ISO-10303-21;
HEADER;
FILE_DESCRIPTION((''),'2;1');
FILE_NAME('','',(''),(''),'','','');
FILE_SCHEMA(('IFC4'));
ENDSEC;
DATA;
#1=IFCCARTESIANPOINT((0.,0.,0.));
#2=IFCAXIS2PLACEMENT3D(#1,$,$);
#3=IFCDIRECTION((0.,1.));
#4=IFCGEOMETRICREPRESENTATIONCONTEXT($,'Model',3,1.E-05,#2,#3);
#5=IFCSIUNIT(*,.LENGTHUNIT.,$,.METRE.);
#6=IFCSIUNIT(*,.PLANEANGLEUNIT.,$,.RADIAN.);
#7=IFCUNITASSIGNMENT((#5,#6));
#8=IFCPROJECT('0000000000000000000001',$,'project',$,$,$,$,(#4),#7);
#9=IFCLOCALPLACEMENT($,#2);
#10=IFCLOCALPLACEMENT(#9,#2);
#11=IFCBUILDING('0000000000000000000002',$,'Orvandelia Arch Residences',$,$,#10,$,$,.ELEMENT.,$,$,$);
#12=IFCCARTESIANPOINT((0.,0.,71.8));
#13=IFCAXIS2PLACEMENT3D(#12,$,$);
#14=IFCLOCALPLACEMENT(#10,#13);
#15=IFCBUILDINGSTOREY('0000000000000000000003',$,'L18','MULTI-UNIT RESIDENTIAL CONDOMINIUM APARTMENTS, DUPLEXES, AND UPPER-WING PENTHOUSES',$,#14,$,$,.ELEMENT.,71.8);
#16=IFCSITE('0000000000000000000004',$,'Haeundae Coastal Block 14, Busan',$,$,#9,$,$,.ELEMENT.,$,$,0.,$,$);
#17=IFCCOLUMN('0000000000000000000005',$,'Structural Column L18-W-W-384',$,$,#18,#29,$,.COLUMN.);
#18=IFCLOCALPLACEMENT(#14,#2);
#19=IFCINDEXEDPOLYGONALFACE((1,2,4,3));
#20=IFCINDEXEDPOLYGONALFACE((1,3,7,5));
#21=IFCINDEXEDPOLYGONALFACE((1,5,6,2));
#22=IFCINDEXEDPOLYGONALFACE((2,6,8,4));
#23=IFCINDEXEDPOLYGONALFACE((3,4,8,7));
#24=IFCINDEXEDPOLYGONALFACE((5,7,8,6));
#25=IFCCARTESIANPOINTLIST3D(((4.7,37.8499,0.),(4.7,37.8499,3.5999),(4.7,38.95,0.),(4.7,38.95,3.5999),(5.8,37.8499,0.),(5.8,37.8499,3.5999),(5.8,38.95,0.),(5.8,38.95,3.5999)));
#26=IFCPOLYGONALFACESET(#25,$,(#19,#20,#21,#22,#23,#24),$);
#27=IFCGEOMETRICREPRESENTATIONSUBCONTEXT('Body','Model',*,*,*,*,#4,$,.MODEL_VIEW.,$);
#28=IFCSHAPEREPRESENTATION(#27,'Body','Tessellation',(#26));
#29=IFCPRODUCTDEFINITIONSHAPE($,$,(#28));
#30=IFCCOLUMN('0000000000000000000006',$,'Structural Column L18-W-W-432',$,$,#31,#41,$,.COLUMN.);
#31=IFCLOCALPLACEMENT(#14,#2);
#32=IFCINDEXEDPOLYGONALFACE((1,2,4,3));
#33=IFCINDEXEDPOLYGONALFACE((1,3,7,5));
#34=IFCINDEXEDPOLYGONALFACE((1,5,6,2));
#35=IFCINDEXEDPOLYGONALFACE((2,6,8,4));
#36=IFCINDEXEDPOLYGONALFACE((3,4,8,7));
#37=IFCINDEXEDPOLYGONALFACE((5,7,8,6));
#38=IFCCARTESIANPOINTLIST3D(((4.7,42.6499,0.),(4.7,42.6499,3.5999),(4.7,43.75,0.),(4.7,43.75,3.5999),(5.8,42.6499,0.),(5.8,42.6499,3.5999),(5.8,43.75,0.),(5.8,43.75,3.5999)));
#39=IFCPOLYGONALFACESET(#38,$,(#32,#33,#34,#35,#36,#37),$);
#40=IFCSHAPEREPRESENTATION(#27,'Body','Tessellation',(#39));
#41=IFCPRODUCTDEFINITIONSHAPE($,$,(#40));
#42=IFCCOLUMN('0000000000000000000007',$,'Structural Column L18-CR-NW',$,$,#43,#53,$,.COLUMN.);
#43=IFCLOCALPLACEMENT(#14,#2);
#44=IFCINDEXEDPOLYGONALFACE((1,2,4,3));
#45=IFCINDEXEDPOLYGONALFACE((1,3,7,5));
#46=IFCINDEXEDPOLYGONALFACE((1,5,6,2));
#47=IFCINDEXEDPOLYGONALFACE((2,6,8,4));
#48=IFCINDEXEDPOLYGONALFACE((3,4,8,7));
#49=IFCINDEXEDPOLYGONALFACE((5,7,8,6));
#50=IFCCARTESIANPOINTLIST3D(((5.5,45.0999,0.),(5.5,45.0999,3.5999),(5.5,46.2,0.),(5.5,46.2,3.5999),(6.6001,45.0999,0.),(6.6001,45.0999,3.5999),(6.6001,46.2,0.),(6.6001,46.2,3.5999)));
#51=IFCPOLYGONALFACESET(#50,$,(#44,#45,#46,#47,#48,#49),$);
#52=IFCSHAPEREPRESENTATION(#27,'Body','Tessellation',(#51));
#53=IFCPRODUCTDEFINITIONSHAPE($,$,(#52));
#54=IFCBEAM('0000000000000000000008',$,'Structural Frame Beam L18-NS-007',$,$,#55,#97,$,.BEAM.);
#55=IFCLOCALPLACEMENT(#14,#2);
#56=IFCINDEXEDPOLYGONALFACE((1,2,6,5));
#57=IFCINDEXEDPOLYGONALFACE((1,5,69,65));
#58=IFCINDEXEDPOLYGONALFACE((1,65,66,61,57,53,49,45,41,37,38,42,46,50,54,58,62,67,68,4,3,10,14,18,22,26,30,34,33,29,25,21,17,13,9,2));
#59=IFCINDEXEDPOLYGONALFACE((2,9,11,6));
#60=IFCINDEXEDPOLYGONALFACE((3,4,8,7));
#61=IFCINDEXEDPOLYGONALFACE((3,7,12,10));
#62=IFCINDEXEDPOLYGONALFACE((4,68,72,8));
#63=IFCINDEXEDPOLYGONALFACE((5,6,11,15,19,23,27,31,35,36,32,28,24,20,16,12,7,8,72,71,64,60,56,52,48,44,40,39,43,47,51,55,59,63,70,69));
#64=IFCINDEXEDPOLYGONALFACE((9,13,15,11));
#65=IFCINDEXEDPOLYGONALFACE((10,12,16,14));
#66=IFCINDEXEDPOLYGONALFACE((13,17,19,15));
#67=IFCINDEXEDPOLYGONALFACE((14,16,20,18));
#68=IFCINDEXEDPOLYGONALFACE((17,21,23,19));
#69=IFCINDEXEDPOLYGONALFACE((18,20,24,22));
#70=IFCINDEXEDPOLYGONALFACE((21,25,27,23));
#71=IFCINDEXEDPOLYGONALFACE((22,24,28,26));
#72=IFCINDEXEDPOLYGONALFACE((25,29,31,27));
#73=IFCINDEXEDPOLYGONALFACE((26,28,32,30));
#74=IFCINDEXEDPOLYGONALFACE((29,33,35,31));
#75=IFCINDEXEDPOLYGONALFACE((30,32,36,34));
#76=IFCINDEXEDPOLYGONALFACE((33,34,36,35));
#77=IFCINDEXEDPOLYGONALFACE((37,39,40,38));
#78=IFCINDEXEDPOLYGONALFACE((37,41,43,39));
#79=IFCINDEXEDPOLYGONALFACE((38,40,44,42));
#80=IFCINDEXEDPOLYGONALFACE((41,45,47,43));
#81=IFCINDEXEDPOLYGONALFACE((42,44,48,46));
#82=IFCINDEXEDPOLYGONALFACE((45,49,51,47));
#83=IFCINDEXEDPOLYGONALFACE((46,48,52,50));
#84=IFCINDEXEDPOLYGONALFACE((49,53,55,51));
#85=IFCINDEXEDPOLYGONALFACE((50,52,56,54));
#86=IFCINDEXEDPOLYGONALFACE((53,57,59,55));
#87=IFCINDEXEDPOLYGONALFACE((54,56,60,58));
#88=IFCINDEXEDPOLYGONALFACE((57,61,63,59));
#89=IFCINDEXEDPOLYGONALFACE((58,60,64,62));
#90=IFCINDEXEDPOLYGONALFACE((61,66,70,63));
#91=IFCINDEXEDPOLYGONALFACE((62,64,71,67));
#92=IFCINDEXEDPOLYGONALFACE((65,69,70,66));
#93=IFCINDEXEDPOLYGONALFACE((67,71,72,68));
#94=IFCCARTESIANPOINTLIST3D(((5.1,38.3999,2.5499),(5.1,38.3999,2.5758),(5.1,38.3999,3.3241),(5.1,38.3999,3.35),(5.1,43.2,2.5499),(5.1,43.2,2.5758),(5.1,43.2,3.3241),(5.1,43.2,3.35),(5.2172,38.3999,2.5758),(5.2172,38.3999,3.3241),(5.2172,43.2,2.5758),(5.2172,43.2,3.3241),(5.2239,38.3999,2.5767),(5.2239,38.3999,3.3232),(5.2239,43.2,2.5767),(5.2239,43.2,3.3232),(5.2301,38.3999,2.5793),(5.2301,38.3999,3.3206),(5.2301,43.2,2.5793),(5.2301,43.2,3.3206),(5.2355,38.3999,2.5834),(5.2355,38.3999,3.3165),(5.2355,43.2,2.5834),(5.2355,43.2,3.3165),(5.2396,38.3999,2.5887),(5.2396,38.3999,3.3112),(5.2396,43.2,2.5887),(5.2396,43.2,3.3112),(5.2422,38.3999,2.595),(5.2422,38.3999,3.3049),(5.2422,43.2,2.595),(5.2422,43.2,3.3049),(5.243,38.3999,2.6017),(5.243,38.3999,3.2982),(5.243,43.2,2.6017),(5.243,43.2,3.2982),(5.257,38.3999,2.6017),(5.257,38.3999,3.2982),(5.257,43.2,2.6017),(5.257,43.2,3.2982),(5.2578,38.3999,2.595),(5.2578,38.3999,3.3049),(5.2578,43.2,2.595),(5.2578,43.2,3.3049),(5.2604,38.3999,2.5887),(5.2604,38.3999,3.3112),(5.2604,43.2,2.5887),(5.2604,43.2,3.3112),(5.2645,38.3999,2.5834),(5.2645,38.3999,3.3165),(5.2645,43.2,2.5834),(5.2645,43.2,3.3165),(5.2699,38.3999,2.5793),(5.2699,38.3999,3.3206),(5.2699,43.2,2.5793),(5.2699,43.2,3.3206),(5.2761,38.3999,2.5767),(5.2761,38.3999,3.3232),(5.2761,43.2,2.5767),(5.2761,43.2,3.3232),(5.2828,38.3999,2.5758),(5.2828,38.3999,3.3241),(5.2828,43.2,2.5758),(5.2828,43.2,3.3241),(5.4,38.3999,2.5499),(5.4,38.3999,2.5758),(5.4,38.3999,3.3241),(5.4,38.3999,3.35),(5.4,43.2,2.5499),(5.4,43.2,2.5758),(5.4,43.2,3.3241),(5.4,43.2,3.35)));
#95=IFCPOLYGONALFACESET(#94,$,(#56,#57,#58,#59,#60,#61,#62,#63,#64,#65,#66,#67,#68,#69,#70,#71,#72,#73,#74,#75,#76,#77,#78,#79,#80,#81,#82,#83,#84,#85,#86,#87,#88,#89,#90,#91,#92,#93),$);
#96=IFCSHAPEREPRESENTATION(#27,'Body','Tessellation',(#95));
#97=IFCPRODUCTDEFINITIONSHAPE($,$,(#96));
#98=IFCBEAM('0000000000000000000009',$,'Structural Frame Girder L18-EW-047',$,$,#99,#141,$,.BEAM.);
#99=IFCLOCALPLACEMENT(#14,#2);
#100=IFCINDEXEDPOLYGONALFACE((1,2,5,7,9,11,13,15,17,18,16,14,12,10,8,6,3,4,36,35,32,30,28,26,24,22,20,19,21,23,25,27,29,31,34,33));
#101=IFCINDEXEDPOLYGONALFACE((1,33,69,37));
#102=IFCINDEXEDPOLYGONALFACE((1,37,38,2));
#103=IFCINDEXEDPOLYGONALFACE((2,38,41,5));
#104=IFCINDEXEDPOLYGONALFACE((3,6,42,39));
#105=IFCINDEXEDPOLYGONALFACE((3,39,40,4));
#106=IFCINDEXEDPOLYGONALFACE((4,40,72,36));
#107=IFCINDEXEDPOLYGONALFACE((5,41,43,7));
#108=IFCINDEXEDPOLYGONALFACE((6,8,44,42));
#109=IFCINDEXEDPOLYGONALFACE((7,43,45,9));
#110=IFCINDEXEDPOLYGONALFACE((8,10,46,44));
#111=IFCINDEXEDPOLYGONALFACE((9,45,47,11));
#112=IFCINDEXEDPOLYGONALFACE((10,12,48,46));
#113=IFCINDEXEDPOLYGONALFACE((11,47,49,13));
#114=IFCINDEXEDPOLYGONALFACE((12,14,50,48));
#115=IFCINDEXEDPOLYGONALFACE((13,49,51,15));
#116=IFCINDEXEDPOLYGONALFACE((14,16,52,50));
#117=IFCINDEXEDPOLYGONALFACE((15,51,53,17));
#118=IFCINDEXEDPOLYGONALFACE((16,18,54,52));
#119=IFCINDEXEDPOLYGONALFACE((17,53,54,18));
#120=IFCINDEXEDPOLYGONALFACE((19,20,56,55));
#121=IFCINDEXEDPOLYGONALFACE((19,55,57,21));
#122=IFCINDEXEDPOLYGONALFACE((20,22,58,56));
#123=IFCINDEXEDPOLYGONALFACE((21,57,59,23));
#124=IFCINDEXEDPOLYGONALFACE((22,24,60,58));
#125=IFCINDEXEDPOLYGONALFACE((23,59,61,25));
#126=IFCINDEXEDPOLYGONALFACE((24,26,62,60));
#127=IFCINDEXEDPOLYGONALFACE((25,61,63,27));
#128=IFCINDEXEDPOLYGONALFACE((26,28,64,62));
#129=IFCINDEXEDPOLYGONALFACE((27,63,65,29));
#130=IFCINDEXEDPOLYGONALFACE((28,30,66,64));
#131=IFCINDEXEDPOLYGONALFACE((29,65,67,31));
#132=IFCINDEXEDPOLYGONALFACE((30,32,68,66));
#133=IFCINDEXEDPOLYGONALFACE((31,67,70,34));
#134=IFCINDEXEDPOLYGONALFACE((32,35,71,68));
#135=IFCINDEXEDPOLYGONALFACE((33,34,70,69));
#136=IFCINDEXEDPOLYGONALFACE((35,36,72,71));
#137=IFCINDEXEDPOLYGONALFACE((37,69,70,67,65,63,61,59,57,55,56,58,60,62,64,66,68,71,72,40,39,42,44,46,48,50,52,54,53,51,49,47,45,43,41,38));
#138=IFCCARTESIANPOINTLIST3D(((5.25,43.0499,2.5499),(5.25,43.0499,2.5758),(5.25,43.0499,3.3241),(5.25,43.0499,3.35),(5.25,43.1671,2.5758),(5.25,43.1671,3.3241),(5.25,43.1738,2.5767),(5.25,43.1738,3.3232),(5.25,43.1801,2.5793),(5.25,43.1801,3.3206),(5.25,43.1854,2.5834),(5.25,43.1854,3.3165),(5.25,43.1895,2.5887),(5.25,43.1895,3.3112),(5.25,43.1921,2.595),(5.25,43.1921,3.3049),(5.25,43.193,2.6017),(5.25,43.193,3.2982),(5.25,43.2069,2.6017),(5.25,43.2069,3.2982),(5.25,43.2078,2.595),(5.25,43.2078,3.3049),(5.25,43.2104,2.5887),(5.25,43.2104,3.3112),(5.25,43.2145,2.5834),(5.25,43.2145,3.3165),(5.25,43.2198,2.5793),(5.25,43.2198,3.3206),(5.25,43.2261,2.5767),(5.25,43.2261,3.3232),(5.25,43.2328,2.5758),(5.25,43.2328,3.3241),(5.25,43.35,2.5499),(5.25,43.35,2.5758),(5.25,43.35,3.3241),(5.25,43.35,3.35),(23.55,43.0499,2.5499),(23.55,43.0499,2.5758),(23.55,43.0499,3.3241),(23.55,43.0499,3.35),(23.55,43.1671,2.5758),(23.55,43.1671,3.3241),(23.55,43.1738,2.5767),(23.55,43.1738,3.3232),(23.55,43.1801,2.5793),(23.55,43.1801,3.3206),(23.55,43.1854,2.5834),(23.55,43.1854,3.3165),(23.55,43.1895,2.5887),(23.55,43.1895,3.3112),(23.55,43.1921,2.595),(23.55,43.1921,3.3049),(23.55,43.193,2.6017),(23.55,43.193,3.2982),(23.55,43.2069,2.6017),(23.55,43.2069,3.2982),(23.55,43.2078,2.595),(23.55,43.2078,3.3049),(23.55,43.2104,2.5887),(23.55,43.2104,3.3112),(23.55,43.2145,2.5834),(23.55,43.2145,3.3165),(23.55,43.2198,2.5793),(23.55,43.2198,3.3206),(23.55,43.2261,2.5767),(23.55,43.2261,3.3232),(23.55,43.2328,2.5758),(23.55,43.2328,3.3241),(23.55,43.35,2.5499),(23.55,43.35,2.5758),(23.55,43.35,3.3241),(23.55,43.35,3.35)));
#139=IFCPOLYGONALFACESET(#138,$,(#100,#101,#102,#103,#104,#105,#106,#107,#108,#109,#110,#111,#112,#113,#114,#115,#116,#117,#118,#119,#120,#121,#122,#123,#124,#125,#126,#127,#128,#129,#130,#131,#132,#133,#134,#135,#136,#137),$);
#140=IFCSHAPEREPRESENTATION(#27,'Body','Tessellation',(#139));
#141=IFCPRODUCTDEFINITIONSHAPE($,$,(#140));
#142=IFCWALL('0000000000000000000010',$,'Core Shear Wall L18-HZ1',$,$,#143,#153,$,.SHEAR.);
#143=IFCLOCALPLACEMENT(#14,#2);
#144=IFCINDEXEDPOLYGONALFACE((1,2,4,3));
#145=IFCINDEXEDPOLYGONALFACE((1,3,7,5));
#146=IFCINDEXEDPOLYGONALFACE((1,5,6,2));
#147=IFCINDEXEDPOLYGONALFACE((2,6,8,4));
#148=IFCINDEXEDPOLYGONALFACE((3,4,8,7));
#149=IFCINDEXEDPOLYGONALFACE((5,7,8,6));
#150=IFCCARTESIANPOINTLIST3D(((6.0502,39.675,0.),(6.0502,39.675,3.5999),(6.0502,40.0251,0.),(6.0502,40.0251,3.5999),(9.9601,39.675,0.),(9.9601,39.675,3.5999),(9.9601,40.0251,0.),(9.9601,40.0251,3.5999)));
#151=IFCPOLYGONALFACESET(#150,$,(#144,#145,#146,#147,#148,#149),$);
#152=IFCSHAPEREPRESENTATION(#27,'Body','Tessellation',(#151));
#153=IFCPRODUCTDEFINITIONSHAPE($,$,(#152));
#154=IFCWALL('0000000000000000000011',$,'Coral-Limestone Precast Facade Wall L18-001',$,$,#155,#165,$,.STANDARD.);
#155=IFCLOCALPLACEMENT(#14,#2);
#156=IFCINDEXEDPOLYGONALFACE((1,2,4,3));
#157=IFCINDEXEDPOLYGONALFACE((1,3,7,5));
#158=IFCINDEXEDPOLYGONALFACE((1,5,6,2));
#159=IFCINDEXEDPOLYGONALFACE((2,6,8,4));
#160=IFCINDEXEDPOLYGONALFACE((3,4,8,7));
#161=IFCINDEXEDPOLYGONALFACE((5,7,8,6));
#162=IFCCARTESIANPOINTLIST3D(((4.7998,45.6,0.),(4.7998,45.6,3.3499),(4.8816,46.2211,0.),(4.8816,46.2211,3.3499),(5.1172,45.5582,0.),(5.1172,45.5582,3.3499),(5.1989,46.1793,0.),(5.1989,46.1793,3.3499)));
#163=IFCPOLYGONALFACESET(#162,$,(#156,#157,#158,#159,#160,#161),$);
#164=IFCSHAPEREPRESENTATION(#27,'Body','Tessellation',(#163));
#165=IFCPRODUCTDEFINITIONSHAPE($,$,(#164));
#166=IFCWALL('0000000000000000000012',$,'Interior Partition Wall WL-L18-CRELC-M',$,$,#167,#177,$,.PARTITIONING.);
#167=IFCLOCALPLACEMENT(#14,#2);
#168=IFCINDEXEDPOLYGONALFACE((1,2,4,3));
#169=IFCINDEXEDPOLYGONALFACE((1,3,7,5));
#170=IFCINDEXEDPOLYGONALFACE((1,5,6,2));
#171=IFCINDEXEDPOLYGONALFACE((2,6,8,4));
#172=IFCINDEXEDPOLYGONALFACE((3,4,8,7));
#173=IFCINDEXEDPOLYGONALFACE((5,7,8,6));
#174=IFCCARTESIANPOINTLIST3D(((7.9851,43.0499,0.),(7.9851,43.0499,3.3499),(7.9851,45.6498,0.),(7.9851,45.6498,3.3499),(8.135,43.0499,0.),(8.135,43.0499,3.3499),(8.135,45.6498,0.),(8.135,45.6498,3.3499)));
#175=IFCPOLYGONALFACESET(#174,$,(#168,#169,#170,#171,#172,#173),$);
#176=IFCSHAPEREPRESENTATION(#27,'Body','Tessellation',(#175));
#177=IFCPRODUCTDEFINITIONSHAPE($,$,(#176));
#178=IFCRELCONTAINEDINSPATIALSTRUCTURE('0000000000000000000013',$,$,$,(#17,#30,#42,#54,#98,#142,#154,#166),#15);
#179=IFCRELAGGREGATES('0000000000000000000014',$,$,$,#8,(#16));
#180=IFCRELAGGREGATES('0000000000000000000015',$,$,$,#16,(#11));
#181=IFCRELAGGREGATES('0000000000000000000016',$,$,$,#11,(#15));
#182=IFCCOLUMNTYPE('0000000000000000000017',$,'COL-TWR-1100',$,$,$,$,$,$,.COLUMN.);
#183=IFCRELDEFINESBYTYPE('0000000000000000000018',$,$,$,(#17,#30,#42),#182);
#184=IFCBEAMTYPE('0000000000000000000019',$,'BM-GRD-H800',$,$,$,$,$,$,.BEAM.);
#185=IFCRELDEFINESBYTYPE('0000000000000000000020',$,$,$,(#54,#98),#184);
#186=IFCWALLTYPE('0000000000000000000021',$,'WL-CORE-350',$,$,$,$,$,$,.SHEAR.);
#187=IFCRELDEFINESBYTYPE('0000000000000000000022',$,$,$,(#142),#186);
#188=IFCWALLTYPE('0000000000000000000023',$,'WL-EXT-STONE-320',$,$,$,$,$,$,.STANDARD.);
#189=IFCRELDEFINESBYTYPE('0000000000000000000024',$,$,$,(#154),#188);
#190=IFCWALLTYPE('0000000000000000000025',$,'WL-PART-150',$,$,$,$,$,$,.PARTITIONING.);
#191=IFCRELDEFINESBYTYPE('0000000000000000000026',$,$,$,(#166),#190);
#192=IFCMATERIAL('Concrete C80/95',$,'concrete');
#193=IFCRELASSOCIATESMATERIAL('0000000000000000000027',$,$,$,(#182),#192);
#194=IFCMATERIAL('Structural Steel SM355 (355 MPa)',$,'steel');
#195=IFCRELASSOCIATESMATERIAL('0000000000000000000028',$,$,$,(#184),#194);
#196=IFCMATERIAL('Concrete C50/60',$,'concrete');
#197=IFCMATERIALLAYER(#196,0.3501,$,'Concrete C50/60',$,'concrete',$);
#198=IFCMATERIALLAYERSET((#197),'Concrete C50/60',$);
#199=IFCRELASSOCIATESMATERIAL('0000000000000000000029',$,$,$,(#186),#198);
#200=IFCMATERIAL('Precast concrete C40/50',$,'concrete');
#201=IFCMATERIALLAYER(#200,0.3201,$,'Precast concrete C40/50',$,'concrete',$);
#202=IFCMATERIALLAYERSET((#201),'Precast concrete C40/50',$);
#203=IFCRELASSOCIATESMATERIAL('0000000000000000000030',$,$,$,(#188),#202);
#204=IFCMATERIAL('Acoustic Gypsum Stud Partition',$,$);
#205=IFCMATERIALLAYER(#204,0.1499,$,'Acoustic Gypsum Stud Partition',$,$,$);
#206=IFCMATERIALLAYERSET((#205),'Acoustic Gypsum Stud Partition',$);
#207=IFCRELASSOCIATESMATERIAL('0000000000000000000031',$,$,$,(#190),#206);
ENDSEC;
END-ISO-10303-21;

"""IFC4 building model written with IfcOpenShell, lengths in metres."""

from ifc_helpers import new_model, si_unit, direction, frame, frame_2d, origin, origin_2d, place, context, subcontext, project, spatial, rectangle, i_section, extrude, material, layer, layer_set, material_profile, profile_set, type_object, element, save


model = new_model("IFC4")

# Units and contexts
model_context = context("Model", 3, precision=1e-05, world=origin(), true_north=direction((0.0, 1.0)))
body_context = subcontext(model_context, "Body", "Model", "MODEL_VIEW")
ifc_project = project(units=[si_unit("LENGTHUNIT", "METRE"), si_unit("PLANEANGLEUNIT", "RADIAN")], contexts=[model_context])

# Site, building, storey
site_placement = place(None, origin())
site = spatial("IfcSite", under=ifc_project, at=site_placement, Name="Haeundae Coastal Block 14, Busan", CompositionType="ELEMENT", RefElevation=0.0)
building_placement = place(site_placement, origin())
building = spatial("IfcBuilding", under=site, at=building_placement, Name="Orvandelia Arch Residences", CompositionType="ELEMENT")
storey_placement = place(building_placement, frame((0.0, 0.0, 71.8)))
storey = spatial("IfcBuildingStorey", under=building, at=storey_placement, Name="L18", Description="MULTI-UNIT RESIDENTIAL CONDOMINIUM APARTMENTS, DUPLEXES, AND UPPER-WING PENTHOUSES", CompositionType="ELEMENT", Elevation=71.8)

# Columns
ifc_material_1 = material(Name="Concrete C80/95", Category="concrete")
ifc_material_profile_1 = material_profile(ifc_material_1, rectangle(XDim=1.1001, YDim=1.1001, at=origin_2d()), Name="Concrete C80/95", Category="concrete")
ifc_profile_set_1 = profile_set([ifc_material_profile_1], Name="Concrete C80/95")
column_type = type_object("IfcColumnType", Name="COL-TWR-1100", PredefinedType="COLUMN", material=ifc_profile_set_1)
for number, where, z_axis, x_axis, name in (
    (1, (5.25, 38.3999, 0.0), (0.0, 0.0, 1.0), (1.0, 0.0, 0.0), "Structural Column L18-W-W-384"),
    (2, (5.25, 43.2, 0.0), (0.0, 0.0, 1.0), (1.0, 0.0, 0.0), "Structural Column L18-W-W-432"),
    (3, (6.05, 45.6499, 0.0), (0.0, 0.0, 1.0), (1.0, 0.0, 0.0), "Structural Column L18-CR-NW"),
):
    element("IfcColumn", number, at=place(storey_placement, frame(where, z_axis=z_axis, x_axis=x_axis)), inside=storey, type_object=column_type, Name=name, PredefinedType="COLUMN", context=body_context, shape_type="SweptSolid", body=[
        extrude(rectangle(XDim=1.1001, YDim=1.1001, at=origin_2d()), origin(), (0.0, 0.0, 1.0), 3.5999),
    ])

# Beams
ifc_material_2 = material(Name="Structural Steel SM355 (355 MPa)", Category="steel")
ifc_material_profile_2 = material_profile(ifc_material_2, i_section(OverallWidth=0.3, OverallDepth=0.8, WebThickness=0.0139, FlangeThickness=0.0259, FilletRadius=0.0259, at=origin_2d()), Name="Structural Steel SM355 (355 MPa)", Category="steel")
ifc_profile_set_2 = profile_set([ifc_material_profile_2], Name="Structural Steel SM355 (355 MPa)")
beam_type = type_object("IfcBeamType", Name="BM-GRD-H800", PredefinedType="BEAM", material=ifc_profile_set_2)
beam_1_placement = place(storey_placement, frame((5.25, 38.3999, 2.95), z_axis=(0.0, 1.0, 0.0), x_axis=(-1.0, 0.0, 0.0)))
element("IfcBeam", 4, at=beam_1_placement, inside=storey, type_object=beam_type, Name="Structural Frame Beam L18-NS-007", PredefinedType="BEAM", context=body_context, shape_type="SweptSolid", body=[
    extrude(i_section(OverallWidth=0.3, OverallDepth=0.8, WebThickness=0.0139, FlangeThickness=0.0259, FilletRadius=0.0259, at=origin_2d()), origin(), (0.0, 0.0, 1.0), 4.8),
])
beam_2_placement = place(storey_placement, frame((5.25, 43.2, 2.95), z_axis=(1.0, 0.0, 0.0), x_axis=(0.0, 1.0, 0.0)))
element("IfcBeam", 5, at=beam_2_placement, inside=storey, type_object=beam_type, Name="Structural Frame Girder L18-EW-047", PredefinedType="BEAM", context=body_context, shape_type="SweptSolid", body=[
    extrude(i_section(OverallWidth=0.3, OverallDepth=0.8, WebThickness=0.0139, FlangeThickness=0.0259, FilletRadius=0.0259, at=origin_2d()), origin(), (0.0, 0.0, 1.0), 18.3),
])

# Walls
ifc_material_3 = material(Name="Concrete C50/60", Category="concrete")
ifc_layer_1 = layer(ifc_material_3, 0.3501, Name="Concrete C50/60", Category="concrete")
ifc_layer_set_1 = layer_set([ifc_layer_1], Name="Concrete C50/60")
wall_type_1 = type_object("IfcWallType", Name="WL-CORE-350", PredefinedType="SHEAR", material=ifc_layer_set_1)
wall_1_placement = place(storey_placement, frame((6.05, 39.8501, 0.0), z_axis=(0.0, 0.0, 1.0), x_axis=(1.0, 0.0, 0.0)))
element("IfcWall", 6, at=wall_1_placement, inside=storey, type_object=wall_type_1, Name="Core Shear Wall L18-HZ1", PredefinedType="SHEAR", context=body_context, shape_type="SweptSolid", body=[
    extrude(rectangle(XDim=3.9099, YDim=0.3501, at=frame_2d((1.9551, 0.0))), origin(), (0.0, 0.0, 1.0), 3.5999),
])
ifc_material_4 = material(Name="Precast concrete C40/50", Category="concrete")
ifc_layer_2 = layer(ifc_material_4, 0.3201, Name="Precast concrete C40/50", Category="concrete")
ifc_layer_set_2 = layer_set([ifc_layer_2], Name="Precast concrete C40/50")
wall_type_2 = type_object("IfcWallType", Name="WL-EXT-STONE-320", PredefinedType="STANDARD", material=ifc_layer_set_2)
wall_2_placement = place(storey_placement, frame((4.9585, 45.5791, 0.0), z_axis=(0.0, 0.0, 1.0), x_axis=(0.130555, 0.991441, 0.0)))
element("IfcWall", 7, at=wall_2_placement, inside=storey, type_object=wall_type_2, Name="Coral-Limestone Precast Facade Wall L18-001", PredefinedType="STANDARD", context=body_context, shape_type="SweptSolid", body=[
    extrude(rectangle(XDim=0.6265, YDim=0.3201, at=frame_2d((0.3132, 0.0))), origin(), (0.0, 0.0, 1.0), 3.3499),
])
ifc_material_5 = material(Name="Acoustic Gypsum Stud Partition")
ifc_layer_3 = layer(ifc_material_5, 0.1499, Name="Acoustic Gypsum Stud Partition")
ifc_layer_set_3 = layer_set([ifc_layer_3], Name="Acoustic Gypsum Stud Partition")
wall_type_3 = type_object("IfcWallType", Name="WL-PART-150", PredefinedType="PARTITIONING", material=ifc_layer_set_3)
wall_3_placement = place(storey_placement, frame((8.0601, 43.05, 0.0), z_axis=(0.0, 0.0, 1.0), x_axis=(0.0, 1.0, 0.0)))
element("IfcWall", 8, at=wall_3_placement, inside=storey, type_object=wall_type_3, Name="Interior Partition Wall WL-L18-CRELC-M", PredefinedType="PARTITIONING", context=body_context, shape_type="SweptSolid", body=[
    extrude(rectangle(XDim=2.5999, YDim=0.1499, at=frame_2d((1.2998, 0.0))), origin(), (0.0, 0.0, 1.0), 3.3499),
])

save(model, "model.ifc")
